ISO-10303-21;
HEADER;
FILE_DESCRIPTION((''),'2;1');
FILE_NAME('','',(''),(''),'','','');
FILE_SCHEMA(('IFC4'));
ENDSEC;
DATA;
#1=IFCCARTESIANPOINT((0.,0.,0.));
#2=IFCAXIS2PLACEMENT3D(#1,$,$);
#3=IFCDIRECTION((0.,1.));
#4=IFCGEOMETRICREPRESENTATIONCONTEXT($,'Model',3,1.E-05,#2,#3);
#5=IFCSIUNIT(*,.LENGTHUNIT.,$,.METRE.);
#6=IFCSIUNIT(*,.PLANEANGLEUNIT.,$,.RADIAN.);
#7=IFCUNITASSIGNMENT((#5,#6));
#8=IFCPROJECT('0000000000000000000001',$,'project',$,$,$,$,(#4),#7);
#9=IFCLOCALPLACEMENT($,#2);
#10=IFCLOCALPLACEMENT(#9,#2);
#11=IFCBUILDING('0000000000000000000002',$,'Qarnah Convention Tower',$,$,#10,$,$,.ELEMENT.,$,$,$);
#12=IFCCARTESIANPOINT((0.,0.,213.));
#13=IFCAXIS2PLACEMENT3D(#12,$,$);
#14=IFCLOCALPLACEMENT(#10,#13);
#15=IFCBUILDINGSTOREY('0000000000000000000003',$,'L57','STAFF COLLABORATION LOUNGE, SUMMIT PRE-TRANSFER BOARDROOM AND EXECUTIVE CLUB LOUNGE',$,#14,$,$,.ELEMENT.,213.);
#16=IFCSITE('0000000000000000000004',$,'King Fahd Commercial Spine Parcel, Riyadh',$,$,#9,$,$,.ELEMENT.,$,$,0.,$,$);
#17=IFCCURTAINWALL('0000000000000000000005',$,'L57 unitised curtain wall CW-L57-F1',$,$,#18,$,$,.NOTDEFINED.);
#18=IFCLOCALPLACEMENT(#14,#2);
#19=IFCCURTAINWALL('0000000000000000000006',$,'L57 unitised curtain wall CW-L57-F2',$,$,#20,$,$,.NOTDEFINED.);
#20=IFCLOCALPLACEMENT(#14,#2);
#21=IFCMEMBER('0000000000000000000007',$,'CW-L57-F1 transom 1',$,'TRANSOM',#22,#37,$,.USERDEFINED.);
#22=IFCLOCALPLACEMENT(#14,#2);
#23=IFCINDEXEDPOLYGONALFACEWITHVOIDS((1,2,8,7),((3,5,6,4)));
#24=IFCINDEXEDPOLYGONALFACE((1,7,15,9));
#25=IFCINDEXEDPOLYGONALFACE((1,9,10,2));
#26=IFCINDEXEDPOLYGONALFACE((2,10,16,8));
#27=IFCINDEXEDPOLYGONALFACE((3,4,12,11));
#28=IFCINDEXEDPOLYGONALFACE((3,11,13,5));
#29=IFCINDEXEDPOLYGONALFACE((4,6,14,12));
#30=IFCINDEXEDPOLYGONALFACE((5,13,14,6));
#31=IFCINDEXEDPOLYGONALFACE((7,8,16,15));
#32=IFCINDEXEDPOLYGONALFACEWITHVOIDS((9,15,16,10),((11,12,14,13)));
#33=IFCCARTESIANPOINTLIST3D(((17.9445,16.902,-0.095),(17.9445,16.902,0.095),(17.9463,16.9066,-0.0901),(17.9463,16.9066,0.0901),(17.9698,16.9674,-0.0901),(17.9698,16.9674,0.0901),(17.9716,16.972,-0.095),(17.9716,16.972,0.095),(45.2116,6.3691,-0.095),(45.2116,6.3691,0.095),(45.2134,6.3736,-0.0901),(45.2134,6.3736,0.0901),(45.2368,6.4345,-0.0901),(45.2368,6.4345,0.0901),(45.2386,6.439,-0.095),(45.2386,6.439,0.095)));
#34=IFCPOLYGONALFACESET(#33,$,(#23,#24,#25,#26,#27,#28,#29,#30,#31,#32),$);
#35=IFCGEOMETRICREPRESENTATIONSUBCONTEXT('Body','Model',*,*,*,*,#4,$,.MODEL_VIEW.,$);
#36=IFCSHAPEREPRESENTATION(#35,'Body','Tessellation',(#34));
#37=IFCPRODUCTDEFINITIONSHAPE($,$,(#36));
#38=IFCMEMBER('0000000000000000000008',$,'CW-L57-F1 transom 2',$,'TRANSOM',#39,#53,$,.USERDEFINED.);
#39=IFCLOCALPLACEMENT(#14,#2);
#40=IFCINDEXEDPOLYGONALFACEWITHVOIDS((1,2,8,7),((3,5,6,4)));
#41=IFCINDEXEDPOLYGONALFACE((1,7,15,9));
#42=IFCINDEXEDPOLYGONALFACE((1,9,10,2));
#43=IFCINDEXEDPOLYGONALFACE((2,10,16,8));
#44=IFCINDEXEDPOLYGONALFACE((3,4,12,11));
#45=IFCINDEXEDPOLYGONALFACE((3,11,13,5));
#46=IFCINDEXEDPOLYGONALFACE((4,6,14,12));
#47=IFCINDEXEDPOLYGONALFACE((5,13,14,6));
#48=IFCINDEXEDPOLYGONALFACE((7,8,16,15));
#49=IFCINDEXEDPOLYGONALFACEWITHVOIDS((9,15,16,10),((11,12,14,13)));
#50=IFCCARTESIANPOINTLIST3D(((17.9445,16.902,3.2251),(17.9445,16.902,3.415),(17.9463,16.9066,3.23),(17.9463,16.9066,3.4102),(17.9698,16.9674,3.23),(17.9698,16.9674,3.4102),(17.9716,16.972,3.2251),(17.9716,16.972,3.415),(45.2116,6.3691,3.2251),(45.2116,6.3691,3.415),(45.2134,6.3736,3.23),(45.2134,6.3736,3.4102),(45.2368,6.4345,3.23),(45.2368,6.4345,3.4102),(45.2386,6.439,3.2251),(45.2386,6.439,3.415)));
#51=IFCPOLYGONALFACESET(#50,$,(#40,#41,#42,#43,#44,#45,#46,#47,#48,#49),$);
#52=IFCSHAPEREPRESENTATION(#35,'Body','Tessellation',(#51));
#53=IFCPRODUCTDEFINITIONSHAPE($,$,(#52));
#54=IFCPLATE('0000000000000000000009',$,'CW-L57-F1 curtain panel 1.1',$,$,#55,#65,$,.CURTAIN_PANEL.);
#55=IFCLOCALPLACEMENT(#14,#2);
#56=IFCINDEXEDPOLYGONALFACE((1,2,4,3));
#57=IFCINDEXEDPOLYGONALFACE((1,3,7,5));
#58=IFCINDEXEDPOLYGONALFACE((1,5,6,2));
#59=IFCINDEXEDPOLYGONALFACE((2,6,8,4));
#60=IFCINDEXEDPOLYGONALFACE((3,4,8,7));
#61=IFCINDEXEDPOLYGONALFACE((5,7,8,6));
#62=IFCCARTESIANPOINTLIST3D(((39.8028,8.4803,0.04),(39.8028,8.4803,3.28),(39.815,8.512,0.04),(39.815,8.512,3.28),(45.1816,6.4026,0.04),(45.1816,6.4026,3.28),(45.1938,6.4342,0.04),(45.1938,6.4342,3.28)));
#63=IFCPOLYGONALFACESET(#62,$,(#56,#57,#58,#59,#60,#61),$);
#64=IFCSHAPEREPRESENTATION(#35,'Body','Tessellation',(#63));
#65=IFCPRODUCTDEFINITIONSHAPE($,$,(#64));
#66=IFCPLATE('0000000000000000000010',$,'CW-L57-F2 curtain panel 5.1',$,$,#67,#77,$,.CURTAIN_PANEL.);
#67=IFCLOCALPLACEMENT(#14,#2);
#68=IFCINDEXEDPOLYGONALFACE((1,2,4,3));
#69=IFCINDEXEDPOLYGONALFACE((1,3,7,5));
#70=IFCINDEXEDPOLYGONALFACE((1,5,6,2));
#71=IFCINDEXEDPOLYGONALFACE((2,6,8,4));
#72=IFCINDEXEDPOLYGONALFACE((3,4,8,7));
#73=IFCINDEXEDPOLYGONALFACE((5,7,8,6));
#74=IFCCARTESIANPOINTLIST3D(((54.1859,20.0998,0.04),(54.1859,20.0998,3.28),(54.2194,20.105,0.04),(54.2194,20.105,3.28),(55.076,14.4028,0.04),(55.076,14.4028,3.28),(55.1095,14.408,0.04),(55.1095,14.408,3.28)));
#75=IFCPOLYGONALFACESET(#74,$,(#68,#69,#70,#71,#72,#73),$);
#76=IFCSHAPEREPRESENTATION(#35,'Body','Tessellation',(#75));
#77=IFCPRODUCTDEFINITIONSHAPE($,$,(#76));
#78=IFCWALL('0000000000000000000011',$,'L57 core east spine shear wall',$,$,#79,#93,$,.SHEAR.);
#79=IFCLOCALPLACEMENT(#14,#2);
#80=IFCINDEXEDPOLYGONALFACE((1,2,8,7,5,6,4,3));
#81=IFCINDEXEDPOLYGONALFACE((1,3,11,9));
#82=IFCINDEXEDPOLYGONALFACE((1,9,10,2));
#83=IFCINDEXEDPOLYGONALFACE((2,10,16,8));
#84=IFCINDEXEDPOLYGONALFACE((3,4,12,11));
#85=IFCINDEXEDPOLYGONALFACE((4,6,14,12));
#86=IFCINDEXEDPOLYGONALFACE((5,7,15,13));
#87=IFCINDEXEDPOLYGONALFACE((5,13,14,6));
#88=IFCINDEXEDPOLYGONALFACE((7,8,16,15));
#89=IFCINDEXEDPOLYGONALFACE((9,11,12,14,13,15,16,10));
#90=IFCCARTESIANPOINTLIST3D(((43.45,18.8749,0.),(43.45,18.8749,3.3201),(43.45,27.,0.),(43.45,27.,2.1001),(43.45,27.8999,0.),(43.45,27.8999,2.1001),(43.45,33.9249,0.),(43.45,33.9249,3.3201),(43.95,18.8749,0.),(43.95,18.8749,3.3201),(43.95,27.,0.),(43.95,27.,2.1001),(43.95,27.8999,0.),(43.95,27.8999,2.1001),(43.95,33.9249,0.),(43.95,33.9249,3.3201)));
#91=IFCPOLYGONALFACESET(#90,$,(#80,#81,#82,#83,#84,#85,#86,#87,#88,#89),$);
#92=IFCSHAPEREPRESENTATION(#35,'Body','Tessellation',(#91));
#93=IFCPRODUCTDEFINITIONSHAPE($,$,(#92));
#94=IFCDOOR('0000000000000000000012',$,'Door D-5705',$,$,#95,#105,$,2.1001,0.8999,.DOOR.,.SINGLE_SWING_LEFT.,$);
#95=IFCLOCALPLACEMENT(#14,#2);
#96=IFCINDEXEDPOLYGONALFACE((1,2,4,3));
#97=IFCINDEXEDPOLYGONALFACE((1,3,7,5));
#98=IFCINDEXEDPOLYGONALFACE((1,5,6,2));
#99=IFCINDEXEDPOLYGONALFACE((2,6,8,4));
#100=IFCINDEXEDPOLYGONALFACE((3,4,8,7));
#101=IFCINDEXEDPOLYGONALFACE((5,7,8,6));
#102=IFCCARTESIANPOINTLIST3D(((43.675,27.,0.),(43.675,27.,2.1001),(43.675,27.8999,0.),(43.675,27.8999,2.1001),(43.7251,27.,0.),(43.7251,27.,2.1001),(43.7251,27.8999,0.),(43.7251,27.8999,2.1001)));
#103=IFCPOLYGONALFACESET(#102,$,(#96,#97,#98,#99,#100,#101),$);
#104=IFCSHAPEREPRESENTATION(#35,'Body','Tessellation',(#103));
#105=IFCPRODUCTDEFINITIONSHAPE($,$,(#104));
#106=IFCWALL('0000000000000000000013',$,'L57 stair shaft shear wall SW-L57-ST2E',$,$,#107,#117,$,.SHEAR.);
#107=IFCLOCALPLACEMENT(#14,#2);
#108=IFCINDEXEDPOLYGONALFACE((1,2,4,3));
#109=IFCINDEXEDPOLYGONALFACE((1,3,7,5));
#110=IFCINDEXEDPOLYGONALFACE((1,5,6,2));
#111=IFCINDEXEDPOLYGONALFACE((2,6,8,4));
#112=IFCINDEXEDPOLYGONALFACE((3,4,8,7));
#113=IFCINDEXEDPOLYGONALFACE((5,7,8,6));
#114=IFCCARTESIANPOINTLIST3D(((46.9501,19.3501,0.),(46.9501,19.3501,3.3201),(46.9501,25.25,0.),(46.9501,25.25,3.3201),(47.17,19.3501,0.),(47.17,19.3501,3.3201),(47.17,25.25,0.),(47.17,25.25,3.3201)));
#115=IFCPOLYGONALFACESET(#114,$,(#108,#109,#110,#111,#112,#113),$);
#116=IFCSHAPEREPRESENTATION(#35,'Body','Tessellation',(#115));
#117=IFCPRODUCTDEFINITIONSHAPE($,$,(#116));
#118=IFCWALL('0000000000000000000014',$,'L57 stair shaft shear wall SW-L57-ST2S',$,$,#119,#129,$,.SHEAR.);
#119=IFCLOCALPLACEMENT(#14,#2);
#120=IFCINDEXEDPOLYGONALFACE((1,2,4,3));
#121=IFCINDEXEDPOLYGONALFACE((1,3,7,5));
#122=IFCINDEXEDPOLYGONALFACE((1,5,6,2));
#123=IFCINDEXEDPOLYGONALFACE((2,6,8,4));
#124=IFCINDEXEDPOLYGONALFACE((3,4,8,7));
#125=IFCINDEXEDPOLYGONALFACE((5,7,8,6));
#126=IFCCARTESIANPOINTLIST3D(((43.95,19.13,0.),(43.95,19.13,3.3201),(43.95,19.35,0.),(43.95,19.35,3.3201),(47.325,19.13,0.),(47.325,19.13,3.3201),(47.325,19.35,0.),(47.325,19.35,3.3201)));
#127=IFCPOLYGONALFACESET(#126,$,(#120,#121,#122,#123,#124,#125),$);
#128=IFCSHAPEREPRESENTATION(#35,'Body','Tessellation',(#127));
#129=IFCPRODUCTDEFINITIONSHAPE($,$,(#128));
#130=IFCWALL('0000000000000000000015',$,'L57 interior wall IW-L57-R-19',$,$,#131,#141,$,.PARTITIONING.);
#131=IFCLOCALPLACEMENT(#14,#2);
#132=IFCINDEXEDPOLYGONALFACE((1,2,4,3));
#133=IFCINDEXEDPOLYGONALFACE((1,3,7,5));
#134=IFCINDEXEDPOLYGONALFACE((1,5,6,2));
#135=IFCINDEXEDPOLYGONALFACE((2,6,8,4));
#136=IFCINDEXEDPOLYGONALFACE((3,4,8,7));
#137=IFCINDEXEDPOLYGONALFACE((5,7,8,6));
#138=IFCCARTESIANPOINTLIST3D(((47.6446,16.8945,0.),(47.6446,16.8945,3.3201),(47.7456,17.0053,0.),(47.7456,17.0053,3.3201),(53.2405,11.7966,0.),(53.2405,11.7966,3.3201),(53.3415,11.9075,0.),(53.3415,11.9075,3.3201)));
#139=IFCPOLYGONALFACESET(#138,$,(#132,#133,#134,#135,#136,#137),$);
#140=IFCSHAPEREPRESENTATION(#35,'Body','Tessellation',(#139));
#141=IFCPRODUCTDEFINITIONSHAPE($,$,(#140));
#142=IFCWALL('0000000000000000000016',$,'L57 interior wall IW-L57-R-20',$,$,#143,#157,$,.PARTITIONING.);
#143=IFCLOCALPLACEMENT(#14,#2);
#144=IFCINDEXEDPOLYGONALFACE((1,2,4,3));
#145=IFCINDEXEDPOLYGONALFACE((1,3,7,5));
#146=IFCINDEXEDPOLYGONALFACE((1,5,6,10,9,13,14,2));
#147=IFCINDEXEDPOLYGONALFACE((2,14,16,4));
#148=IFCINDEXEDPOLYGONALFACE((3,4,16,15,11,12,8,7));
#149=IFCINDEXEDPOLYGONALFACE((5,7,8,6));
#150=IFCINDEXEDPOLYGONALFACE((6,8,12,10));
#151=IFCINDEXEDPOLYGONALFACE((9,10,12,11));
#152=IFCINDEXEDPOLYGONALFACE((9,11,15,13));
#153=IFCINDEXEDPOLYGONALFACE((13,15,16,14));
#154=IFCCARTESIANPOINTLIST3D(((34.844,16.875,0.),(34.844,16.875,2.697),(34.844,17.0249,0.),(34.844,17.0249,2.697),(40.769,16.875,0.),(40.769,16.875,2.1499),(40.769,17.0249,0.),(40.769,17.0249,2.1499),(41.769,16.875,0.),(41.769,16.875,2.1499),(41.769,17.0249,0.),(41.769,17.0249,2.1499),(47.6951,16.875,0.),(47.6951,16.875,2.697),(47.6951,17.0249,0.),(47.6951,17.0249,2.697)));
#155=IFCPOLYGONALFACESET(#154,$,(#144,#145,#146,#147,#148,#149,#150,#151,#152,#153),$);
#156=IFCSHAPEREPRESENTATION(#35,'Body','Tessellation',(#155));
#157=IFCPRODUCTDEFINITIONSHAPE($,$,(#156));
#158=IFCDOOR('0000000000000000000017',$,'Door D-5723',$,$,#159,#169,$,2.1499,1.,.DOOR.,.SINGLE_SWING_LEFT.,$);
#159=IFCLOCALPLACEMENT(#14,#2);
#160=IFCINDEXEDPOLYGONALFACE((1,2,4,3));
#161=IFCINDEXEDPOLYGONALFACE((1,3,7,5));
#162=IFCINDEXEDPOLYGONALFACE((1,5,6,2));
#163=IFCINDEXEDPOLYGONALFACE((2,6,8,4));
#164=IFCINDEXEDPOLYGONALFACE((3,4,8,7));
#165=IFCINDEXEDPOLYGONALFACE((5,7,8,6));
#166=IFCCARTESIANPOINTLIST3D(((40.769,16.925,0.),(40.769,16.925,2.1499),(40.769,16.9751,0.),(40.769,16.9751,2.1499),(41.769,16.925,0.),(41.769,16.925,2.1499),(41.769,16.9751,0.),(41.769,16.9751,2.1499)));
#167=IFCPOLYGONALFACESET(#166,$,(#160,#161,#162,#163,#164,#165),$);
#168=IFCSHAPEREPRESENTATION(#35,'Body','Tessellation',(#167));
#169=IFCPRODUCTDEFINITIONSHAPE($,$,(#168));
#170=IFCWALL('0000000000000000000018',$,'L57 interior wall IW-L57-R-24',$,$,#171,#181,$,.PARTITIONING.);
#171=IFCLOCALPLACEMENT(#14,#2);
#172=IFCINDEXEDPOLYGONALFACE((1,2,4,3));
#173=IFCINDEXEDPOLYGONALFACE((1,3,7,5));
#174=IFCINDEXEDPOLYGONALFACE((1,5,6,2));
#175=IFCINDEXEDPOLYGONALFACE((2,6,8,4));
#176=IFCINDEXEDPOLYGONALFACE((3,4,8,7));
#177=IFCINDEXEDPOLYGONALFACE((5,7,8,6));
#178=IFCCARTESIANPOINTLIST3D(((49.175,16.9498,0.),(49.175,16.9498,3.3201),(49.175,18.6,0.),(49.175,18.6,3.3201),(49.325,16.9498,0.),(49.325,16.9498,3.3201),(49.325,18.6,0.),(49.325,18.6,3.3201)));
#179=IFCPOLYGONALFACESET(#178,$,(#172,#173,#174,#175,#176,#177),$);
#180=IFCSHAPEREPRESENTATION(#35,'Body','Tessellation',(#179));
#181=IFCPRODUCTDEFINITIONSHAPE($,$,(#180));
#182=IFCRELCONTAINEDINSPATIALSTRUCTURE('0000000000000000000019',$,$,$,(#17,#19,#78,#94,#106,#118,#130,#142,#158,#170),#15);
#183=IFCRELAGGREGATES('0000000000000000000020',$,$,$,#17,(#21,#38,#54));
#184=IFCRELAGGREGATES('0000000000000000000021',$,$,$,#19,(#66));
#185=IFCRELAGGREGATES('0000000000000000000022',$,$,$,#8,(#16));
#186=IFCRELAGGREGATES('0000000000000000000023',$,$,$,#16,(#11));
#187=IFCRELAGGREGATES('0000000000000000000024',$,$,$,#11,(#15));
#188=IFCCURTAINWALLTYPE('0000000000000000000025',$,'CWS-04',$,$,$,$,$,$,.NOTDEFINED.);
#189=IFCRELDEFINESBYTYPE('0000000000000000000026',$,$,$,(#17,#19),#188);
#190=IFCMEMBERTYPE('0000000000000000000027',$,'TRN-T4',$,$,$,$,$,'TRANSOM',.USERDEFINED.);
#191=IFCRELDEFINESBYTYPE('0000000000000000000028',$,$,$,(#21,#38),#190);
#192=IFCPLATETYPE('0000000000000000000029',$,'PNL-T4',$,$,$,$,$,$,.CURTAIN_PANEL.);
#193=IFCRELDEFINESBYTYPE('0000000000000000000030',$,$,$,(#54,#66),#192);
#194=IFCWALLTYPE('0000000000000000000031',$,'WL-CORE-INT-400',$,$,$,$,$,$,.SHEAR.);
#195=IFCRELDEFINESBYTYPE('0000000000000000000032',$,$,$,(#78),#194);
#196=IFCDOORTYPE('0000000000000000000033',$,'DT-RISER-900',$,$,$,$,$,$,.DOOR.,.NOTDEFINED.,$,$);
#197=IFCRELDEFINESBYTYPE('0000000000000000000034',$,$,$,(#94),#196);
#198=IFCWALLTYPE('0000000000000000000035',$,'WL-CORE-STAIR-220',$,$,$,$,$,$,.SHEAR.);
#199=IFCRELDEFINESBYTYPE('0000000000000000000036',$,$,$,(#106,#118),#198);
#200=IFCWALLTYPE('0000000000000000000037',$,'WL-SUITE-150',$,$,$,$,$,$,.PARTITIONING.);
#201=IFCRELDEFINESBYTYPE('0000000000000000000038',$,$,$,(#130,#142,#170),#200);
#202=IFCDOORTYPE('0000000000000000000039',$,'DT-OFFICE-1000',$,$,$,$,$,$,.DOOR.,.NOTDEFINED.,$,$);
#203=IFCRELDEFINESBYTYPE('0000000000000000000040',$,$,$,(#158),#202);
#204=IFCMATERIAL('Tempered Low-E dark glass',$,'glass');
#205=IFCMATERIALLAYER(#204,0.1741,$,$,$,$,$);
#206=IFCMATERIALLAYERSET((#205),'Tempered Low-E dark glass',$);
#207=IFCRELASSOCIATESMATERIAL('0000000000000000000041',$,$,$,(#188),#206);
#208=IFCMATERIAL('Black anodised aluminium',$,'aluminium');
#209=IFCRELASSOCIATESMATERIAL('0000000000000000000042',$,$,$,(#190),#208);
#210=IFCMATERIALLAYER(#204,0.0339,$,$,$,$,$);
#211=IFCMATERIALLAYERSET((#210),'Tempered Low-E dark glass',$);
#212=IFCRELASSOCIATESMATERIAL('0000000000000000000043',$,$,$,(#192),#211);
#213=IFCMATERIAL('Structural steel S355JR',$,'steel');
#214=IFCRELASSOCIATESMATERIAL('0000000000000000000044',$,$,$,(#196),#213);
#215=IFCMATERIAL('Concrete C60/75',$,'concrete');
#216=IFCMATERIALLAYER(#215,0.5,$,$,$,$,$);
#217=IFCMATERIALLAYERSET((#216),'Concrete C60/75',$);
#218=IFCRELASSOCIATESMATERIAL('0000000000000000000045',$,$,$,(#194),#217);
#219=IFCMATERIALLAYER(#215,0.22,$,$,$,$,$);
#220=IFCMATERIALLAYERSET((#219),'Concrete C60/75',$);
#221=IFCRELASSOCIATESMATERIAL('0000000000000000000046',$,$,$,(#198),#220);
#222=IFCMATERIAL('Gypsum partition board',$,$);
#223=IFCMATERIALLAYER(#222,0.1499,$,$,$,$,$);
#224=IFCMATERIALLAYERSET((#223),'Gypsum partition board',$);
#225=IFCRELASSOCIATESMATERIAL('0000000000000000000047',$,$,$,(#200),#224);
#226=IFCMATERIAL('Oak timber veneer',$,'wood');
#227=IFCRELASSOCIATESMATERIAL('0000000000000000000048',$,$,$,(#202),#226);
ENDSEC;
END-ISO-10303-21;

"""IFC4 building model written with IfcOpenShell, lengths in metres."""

from ifc_helpers import new_model, si_unit, direction, frame, frame_2d, origin, origin_2d, place, context, subcontext, project, spatial, rectangle, hollow_rectangle, extrude, material, layer, layer_set, material_profile, profile_set, type_object, element, fill, aggregate, save


model = new_model("IFC4")

# Units and contexts
model_context = context("Model", 3, precision=1e-05, world=origin(), true_north=direction((0.0, 1.0)))
body_context = subcontext(model_context, "Body", "Model", "MODEL_VIEW")
ifc_project = project(units=[si_unit("LENGTHUNIT", "METRE"), si_unit("PLANEANGLEUNIT", "RADIAN")], contexts=[model_context])

# Site, building, storey
site_placement = place(None, origin())
site = spatial("IfcSite", under=ifc_project, at=site_placement, Name="King Fahd Commercial Spine Parcel, Riyadh", CompositionType="ELEMENT", RefElevation=0.0)
building_placement = place(site_placement, origin())
building = spatial("IfcBuilding", under=site, at=building_placement, Name="Qarnah Convention Tower", CompositionType="ELEMENT")
storey_placement = place(building_placement, frame((0.0, 0.0, 213.0)))
storey = spatial("IfcBuildingStorey", under=building, at=storey_placement, Name="L57", Description="STAFF COLLABORATION LOUNGE, SUMMIT PRE-TRANSFER BOARDROOM AND EXECUTIVE CLUB LOUNGE", CompositionType="ELEMENT", Elevation=213.0)

# Shared definitions
ifc_material_1 = material(Name="Structural steel S355JR", Category="steel")

# Curtain walls
ifc_material_2 = material(Name="Tempered Low-E dark glass", Category="glass")
ifc_layer_1 = layer(ifc_material_2, 0.1741)
ifc_layer_set_1 = layer_set([ifc_layer_1], Name="Tempered Low-E dark glass")
curtain_wall_type = type_object("IfcCurtainWallType", Name="CWS-04", PredefinedType="NOTDEFINED", material=ifc_layer_set_1)
curtain_wall_1_placement = place(storey_placement, origin())
curtain_wall_1 = element("IfcCurtainWall", 1, at=curtain_wall_1_placement, inside=storey, type_object=curtain_wall_type, Name="L57 unitised curtain wall CW-L57-F1", PredefinedType="NOTDEFINED")
ifc_material_3 = material(Name="Black anodised aluminium", Category="aluminium")
curtain_wall_2_placement = place(storey_placement, origin())
curtain_wall_2 = element("IfcCurtainWall", 2, at=curtain_wall_2_placement, inside=storey, type_object=curtain_wall_type, Name="L57 unitised curtain wall CW-L57-F2", PredefinedType="NOTDEFINED")

# Members
ifc_material_profile_1 = material_profile(ifc_material_3, hollow_rectangle(XDim=0.075, YDim=0.1899, WallThickness=0.0049, at=origin_2d()), Name="TRN-75X190")
ifc_profile_set_1 = profile_set([ifc_material_profile_1], Name="Black anodised aluminium")
member_type_1 = type_object("IfcMemberType", Name="TRN-T4", ElementType="TRANSOM", PredefinedType="USERDEFINED", material=ifc_profile_set_1)
member_1_placement = place(storey_placement, frame((45.2251, 6.4041, 0.0), z_axis=(-0.932822, 0.360338, 0.0), x_axis=(-0.360338, -0.932822, 0.0)))
member_1 = element("IfcMember", 3, at=member_1_placement, type_object=member_type_1, Name="CW-L57-F1 transom 1", ObjectType="TRANSOM", PredefinedType="USERDEFINED", context=body_context, shape_type="SweptSolid", body=[
    extrude(hollow_rectangle(XDim=0.075, YDim=0.1899, WallThickness=0.0049, at=origin_2d()), origin(), (0.0, 0.0, 1.0), 29.2307),
])
member_2_placement = place(storey_placement, frame((45.2251, 6.4041, 3.3201), z_axis=(-0.932822, 0.360338, 0.0), x_axis=(-0.360338, -0.932822, 0.0)))
member_2 = element("IfcMember", 4, at=member_2_placement, type_object=member_type_1, Name="CW-L57-F1 transom 2", ObjectType="TRANSOM", PredefinedType="USERDEFINED", context=body_context, shape_type="SweptSolid", body=[
    extrude(hollow_rectangle(XDim=0.075, YDim=0.1899, WallThickness=0.0049, at=origin_2d()), origin(), (0.0, 0.0, 1.0), 29.2307),
])

# Plates
ifc_layer_2 = layer(ifc_material_2, 0.0339)
ifc_layer_set_2 = layer_set([ifc_layer_2], Name="Tempered Low-E dark glass")
plate_type = type_object("IfcPlateType", Name="PNL-T4", PredefinedType="CURTAIN_PANEL", material=ifc_layer_set_2)
plate_1_placement = place(storey_placement, frame((42.4983, 7.4573, 0.04), z_axis=(0.0, 0.0, 1.0), x_axis=(-0.932821, 0.36034, 0.0)))
plate_1 = element("IfcPlate", 5, at=plate_1_placement, type_object=plate_type, Name="CW-L57-F1 curtain panel 1.1", PredefinedType="CURTAIN_PANEL", context=body_context, shape_type="SweptSolid", body=[
    extrude(rectangle(XDim=5.7661, YDim=0.0339, at=origin_2d()), origin(), (0.0, 0.0, 1.0), 3.24),
])
aggregate(curtain_wall_1, [member_1, member_2, plate_1])
plate_2_placement = place(storey_placement, frame((54.6477, 17.2539, 0.04), z_axis=(0.0, 0.0, 1.0), x_axis=(0.15436, -0.988015, 0.0)))
plate_2 = element("IfcPlate", 6, at=plate_2_placement, type_object=plate_type, Name="CW-L57-F2 curtain panel 5.1", PredefinedType="CURTAIN_PANEL", context=body_context, shape_type="SweptSolid", body=[
    extrude(rectangle(XDim=5.7661, YDim=0.0339, at=origin_2d()), origin(), (0.0, 0.0, 1.0), 3.24),
])
aggregate(curtain_wall_2, [plate_2])

# Shared definitions
ifc_material_4 = material(Name="Concrete C60/75", Category="concrete")
door_type_1 = type_object("IfcDoorType", Name="DT-RISER-900", OperationType="NOTDEFINED", PredefinedType="DOOR", material=ifc_material_1)

# Wall, opening, door
ifc_layer_3 = layer(ifc_material_4, 0.5)
ifc_layer_set_3 = layer_set([ifc_layer_3], Name="Concrete C60/75")
wall_type_1 = type_object("IfcWallType", Name="WL-CORE-INT-400", PredefinedType="SHEAR", material=ifc_layer_set_3)
wall_1_placement = place(storey_placement, frame((43.7, 18.875, 0.0), z_axis=(0.0, 0.0, 1.0), x_axis=(0.0, 1.0, 0.0)))
wall_1 = element("IfcWall", 7, at=wall_1_placement, inside=storey, type_object=wall_type_1, Name="L57 core east spine shear wall", PredefinedType="SHEAR", context=body_context, shape_type="SweptSolid", body=[
    extrude(rectangle(XDim=15.05, YDim=0.5, at=frame_2d((7.5249, 0.0))), origin(), (0.0, 0.0, 1.0), 3.3201),
])
opening_1_placement = place(wall_1_placement, frame((8.125, 0.0, 0.0)))
opening_1 = element("IfcOpeningElement", 8, at=opening_1_placement, cuts=wall_1, PredefinedType="OPENING", context=body_context, shape_type="SweptSolid", body=[
    extrude(rectangle(XDim=0.8999, YDim=2.1001, at=frame_2d((0.45, 1.05))), frame((0.0, 0.26, 0.0), z_axis=(0.0, -1.0, 0.0), x_axis=(1.0, 0.0, 0.0)), (0.0, 0.0, 1.0), 0.52),
])
door_1_placement = place(opening_1_placement, origin())
door_1 = element("IfcDoor", 9, at=door_1_placement, inside=storey, type_object=door_type_1, Name="Door D-5705", OperationType="SINGLE_SWING_LEFT", OverallHeight=2.1001, OverallWidth=0.8999, PredefinedType="DOOR", context=body_context, shape_type="SweptSolid", body=[
    extrude(rectangle(XDim=0.8999, YDim=2.1001, at=frame_2d((0.45, 1.05))), frame((0.0, 0.0249, 0.0), z_axis=(0.0, -1.0, 0.0), x_axis=(1.0, 0.0, 0.0)), (0.0, 0.0, 1.0), 0.05),
])
fill(opening_1, door_1)

# Walls
ifc_layer_4 = layer(ifc_material_4, 0.22)
ifc_layer_set_4 = layer_set([ifc_layer_4], Name="Concrete C60/75")
wall_type_2 = type_object("IfcWallType", Name="WL-CORE-STAIR-220", PredefinedType="SHEAR", material=ifc_layer_set_4)
wall_2_placement = place(storey_placement, frame((47.0601, 19.3501, 0.0), z_axis=(0.0, 0.0, 1.0), x_axis=(0.0, 1.0, 0.0)))
element("IfcWall", 10, at=wall_2_placement, inside=storey, type_object=wall_type_2, Name="L57 stair shaft shear wall SW-L57-ST2E", PredefinedType="SHEAR", context=body_context, shape_type="SweptSolid", body=[
    extrude(rectangle(XDim=5.8999, YDim=0.22, at=frame_2d((2.95, 0.0))), origin(), (0.0, 0.0, 1.0), 3.3201),
])
wall_3_placement = place(storey_placement, frame((43.95, 19.24, 0.0), z_axis=(0.0, 0.0, 1.0), x_axis=(1.0, 0.0, 0.0)))
element("IfcWall", 11, at=wall_3_placement, inside=storey, type_object=wall_type_2, Name="L57 stair shaft shear wall SW-L57-ST2S", PredefinedType="SHEAR", context=body_context, shape_type="SweptSolid", body=[
    extrude(rectangle(XDim=3.375, YDim=0.22, at=frame_2d((1.6875, 0.0))), origin(), (0.0, 0.0, 1.0), 3.3201),
])

# Wall
ifc_material_5 = material(Name="Gypsum partition board")
ifc_layer_5 = layer(ifc_material_5, 0.1499)
ifc_layer_set_5 = layer_set([ifc_layer_5], Name="Gypsum partition board")
wall_type_3 = type_object("IfcWallType", Name="WL-SUITE-150", PredefinedType="PARTITIONING", material=ifc_layer_set_5)
wall_4_placement = place(storey_placement, frame((53.291, 11.8521, 0.0), z_axis=(0.0, 0.0, 1.0), x_axis=(-0.739238, 0.673445, 0.0)))
element("IfcWall", 12, at=wall_4_placement, inside=storey, type_object=wall_type_3, Name="L57 interior wall IW-L57-R-19", PredefinedType="PARTITIONING", context=body_context, shape_type="SweptSolid", body=[
    extrude(rectangle(XDim=7.5698, YDim=0.1499, at=frame_2d((3.7849, 0.0))), origin(), (0.0, 0.0, 1.0), 3.3201),
])

# Wall, opening, door
wall_5_placement = place(storey_placement, frame((47.6951, 16.95, 0.0), z_axis=(0.0, 0.0, 1.0), x_axis=(-1.0, 0.0, 0.0)))
wall_5 = element("IfcWall", 13, at=wall_5_placement, inside=storey, type_object=wall_type_3, Name="L57 interior wall IW-L57-R-20", PredefinedType="PARTITIONING", context=body_context, shape_type="SweptSolid", body=[
    extrude(rectangle(XDim=12.8511, YDim=0.1499, at=frame_2d((6.4255, 0.0))), origin(), (0.0, 0.0, 1.0), 2.697),
])
opening_2_placement = place(wall_5_placement, frame((5.926, 0.0, 0.0)))
opening_2 = element("IfcOpeningElement", 14, at=opening_2_placement, cuts=wall_5, PredefinedType="OPENING", context=body_context, shape_type="SweptSolid", body=[
    extrude(rectangle(XDim=1.0, YDim=2.1499, at=frame_2d((0.5, 1.075))), frame((0.0, 0.085, 0.0), z_axis=(0.0, -1.0, 0.0), x_axis=(1.0, 0.0, 0.0)), (0.0, 0.0, 1.0), 0.1699),
])
ifc_material_6 = material(Name="Oak timber veneer", Category="wood")
door_type_2 = type_object("IfcDoorType", Name="DT-OFFICE-1000", OperationType="NOTDEFINED", PredefinedType="DOOR", material=ifc_material_6)
door_2_placement = place(opening_2_placement, origin())
door_2 = element("IfcDoor", 15, at=door_2_placement, inside=storey, type_object=door_type_2, Name="Door D-5723", OperationType="SINGLE_SWING_LEFT", OverallHeight=2.1499, OverallWidth=1.0, PredefinedType="DOOR", context=body_context, shape_type="SweptSolid", body=[
    extrude(rectangle(XDim=1.0, YDim=2.1499, at=frame_2d((0.5, 1.075))), frame((0.0, 0.0249, 0.0), z_axis=(0.0, -1.0, 0.0), x_axis=(1.0, 0.0, 0.0)), (0.0, 0.0, 1.0), 0.05),
])
fill(opening_2, door_2)

# Wall
wall_6_placement = place(storey_placement, frame((49.25, 18.6001, 0.0), z_axis=(0.0, 0.0, 1.0), x_axis=(0.0, -1.0, 0.0)))
element("IfcWall", 16, at=wall_6_placement, inside=storey, type_object=wall_type_3, Name="L57 interior wall IW-L57-R-24", PredefinedType="PARTITIONING", context=body_context, shape_type="SweptSolid", body=[
    extrude(rectangle(XDim=1.6501, YDim=0.1499, at=frame_2d((0.8252, 0.0))), origin(), (0.0, 0.0, 1.0), 3.3201),
])

save(model, "model.ifc")
